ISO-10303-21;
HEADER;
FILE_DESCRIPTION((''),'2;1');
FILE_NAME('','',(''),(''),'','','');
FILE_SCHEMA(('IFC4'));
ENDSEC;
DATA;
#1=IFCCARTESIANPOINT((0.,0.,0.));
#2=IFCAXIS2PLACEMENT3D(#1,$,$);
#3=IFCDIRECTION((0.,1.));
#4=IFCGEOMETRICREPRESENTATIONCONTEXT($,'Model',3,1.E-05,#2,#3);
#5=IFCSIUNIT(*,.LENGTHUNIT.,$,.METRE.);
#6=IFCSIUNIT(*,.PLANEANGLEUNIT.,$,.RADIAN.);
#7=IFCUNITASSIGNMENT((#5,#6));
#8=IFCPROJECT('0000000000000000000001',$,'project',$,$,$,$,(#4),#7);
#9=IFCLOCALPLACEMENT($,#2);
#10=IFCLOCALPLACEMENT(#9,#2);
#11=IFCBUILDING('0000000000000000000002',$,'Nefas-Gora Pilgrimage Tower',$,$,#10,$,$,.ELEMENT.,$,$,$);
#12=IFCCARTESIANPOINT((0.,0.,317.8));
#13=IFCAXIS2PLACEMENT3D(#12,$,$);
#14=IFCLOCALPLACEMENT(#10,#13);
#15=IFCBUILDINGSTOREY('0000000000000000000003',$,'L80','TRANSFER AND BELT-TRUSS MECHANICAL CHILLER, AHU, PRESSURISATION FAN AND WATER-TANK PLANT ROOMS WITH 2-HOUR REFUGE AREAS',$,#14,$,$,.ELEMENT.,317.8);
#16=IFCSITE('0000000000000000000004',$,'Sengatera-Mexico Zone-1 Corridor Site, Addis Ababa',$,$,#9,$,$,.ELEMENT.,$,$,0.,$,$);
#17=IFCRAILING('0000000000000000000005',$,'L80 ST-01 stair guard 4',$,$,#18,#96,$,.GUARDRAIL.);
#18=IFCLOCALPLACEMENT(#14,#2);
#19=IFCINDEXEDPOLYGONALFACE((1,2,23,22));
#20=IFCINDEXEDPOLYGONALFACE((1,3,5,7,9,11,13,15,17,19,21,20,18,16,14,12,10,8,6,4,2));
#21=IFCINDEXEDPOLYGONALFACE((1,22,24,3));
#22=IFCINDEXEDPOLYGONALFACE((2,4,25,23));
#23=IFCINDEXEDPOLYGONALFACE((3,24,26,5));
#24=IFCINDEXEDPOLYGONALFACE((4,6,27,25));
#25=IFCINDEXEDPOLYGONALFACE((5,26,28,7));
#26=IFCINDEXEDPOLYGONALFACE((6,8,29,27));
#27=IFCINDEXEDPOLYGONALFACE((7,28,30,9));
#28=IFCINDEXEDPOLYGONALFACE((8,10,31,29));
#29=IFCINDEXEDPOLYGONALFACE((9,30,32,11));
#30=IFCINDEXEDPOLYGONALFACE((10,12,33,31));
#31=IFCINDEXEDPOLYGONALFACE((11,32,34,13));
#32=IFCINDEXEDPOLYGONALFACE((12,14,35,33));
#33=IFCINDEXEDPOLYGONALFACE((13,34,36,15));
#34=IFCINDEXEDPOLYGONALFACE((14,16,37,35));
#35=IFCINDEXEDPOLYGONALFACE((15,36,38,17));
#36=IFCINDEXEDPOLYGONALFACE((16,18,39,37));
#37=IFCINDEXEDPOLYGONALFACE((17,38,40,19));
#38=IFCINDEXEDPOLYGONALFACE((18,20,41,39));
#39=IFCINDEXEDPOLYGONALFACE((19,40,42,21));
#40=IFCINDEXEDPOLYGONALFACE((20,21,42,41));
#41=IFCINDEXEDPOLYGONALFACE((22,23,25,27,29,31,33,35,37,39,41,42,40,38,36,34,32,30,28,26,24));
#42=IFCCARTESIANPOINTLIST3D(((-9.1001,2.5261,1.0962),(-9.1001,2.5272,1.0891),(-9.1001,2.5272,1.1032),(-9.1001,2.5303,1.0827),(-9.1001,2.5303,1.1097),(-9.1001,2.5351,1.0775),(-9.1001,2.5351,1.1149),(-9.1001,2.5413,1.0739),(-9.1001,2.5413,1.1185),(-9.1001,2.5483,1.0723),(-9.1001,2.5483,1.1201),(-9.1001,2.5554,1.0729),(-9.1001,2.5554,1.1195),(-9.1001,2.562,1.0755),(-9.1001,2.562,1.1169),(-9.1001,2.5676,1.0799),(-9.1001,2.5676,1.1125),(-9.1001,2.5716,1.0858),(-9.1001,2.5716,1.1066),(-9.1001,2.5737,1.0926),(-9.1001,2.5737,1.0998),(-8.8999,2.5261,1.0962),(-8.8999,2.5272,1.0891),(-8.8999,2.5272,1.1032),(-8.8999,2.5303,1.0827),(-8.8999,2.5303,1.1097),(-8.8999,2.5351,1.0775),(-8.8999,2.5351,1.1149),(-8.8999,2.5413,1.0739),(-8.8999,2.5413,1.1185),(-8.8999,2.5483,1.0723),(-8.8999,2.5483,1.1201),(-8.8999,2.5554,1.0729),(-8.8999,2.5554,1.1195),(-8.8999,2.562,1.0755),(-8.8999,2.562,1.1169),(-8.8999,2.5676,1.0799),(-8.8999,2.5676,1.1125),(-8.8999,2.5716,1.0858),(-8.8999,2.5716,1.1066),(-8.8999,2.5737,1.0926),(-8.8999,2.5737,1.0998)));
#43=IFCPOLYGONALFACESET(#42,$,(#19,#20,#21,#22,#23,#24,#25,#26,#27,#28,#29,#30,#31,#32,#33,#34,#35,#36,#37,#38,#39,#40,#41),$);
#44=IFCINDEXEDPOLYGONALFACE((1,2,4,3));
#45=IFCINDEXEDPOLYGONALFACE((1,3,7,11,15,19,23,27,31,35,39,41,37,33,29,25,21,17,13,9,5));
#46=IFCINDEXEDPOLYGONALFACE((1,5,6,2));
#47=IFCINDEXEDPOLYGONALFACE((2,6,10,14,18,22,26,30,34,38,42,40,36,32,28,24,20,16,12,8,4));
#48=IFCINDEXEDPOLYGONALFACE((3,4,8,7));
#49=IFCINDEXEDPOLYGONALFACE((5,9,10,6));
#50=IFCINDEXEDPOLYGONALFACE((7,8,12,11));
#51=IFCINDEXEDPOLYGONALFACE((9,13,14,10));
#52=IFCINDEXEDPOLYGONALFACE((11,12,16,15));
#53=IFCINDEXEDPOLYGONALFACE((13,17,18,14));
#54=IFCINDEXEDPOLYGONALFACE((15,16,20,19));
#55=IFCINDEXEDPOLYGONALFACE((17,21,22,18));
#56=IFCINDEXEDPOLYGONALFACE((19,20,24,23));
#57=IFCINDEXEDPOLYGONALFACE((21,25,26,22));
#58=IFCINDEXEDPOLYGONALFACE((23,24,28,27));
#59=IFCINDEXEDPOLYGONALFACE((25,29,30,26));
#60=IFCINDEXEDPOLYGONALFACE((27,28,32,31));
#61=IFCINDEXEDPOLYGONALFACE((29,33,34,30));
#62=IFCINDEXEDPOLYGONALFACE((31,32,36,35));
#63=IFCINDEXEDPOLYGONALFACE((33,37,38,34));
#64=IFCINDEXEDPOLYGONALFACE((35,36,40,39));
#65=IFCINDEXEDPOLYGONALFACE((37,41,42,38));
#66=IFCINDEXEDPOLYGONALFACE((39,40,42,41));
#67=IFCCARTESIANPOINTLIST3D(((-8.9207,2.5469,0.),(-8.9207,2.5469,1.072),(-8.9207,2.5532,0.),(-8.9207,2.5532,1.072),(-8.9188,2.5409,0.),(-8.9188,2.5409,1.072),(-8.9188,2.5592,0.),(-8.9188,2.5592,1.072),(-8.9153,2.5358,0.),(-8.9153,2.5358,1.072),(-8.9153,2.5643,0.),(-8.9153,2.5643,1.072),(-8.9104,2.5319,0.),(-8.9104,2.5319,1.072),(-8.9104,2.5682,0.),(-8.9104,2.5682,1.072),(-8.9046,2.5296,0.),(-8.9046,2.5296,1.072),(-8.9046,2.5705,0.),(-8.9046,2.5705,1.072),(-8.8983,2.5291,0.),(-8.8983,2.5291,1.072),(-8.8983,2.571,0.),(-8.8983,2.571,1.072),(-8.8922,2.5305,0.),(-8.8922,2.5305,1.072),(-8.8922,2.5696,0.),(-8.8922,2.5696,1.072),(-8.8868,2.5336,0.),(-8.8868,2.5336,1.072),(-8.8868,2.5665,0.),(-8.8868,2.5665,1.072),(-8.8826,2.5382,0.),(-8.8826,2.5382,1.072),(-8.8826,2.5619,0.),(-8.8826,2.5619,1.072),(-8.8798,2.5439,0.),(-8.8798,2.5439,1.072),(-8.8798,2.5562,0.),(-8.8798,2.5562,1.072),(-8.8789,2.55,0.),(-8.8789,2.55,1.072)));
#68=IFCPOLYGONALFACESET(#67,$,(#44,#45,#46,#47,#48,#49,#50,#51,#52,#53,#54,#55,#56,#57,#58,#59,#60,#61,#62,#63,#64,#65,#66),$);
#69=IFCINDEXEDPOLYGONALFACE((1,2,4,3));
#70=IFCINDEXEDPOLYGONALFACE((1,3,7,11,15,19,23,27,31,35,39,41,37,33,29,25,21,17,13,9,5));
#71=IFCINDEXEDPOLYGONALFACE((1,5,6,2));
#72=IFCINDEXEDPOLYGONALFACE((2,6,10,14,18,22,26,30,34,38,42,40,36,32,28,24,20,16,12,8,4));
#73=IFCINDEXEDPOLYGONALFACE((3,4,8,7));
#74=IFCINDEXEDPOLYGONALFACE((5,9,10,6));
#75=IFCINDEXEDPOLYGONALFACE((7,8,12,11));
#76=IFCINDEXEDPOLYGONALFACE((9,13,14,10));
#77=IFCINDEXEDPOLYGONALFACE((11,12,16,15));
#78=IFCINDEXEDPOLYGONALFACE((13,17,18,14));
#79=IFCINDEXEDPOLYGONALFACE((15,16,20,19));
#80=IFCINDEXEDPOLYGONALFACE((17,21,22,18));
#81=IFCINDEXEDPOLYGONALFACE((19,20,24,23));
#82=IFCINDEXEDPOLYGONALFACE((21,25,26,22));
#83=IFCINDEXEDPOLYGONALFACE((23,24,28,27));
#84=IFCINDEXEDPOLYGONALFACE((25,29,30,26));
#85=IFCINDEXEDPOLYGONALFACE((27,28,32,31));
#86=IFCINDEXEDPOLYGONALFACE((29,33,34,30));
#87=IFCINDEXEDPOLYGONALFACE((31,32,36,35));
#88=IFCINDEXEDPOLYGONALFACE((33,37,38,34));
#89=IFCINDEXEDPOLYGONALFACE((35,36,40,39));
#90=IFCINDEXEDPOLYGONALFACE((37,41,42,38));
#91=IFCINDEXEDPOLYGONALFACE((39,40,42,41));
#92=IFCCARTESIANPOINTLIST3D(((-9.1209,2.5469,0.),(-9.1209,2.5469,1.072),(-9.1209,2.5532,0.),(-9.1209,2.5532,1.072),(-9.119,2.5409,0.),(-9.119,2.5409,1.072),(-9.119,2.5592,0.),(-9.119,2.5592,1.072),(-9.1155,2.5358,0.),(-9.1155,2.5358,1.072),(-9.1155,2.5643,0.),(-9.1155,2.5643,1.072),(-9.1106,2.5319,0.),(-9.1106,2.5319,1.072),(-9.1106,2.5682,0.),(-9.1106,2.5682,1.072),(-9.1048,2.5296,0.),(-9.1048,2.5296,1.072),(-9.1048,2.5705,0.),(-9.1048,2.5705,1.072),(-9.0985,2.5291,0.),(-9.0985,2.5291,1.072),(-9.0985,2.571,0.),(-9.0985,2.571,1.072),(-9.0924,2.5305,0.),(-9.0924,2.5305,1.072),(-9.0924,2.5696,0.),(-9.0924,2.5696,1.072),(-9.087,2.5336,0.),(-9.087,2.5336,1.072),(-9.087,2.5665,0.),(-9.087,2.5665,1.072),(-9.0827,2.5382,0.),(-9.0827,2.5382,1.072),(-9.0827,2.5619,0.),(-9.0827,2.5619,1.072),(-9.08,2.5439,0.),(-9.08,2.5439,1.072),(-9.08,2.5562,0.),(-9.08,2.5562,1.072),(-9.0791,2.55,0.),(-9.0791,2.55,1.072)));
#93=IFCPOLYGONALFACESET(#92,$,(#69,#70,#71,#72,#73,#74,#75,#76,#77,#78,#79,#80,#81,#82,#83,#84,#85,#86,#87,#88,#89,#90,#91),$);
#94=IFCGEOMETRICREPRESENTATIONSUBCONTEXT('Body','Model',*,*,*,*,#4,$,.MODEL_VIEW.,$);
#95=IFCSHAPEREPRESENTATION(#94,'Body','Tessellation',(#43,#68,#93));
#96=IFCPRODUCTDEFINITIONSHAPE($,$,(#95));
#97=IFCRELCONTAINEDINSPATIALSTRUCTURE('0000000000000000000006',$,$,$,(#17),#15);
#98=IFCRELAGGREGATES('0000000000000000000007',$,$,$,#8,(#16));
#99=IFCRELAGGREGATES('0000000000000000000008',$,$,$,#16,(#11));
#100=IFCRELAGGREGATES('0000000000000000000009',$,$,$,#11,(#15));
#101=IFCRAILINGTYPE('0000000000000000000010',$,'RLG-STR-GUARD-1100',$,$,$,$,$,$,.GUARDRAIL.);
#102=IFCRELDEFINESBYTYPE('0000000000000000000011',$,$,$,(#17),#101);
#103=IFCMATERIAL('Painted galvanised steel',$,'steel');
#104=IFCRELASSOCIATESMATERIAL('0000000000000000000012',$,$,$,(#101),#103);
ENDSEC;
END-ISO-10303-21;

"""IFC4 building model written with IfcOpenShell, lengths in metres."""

from ifc_helpers import new_model, si_unit, direction, frame, origin, origin_2d, place, context, subcontext, project, spatial, circle, extrude, material, type_object, element, save


model = new_model("IFC4")

# Units and contexts
model_context = context("Model", 3, precision=1e-05, world=origin(), true_north=direction((0.0, 1.0)))
body_context = subcontext(model_context, "Body", "Model", "MODEL_VIEW")
ifc_project = project(units=[si_unit("LENGTHUNIT", "METRE"), si_unit("PLANEANGLEUNIT", "RADIAN")], contexts=[model_context])

# Site, building, storey
site_placement = place(None, origin())
site = spatial("IfcSite", under=ifc_project, at=site_placement, Name="Sengatera-Mexico Zone-1 Corridor Site, Addis Ababa", CompositionType="ELEMENT", RefElevation=0.0)
building_placement = place(site_placement, origin())
building = spatial("IfcBuilding", under=site, at=building_placement, Name="Nefas-Gora Pilgrimage Tower", CompositionType="ELEMENT")
storey_placement = place(building_placement, frame((0.0, 0.0, 317.8)))
storey = spatial("IfcBuildingStorey", under=building, at=storey_placement, Name="L80", Description="TRANSFER AND BELT-TRUSS MECHANICAL CHILLER, AHU, PRESSURISATION FAN AND WATER-TANK PLANT ROOMS WITH 2-HOUR REFUGE AREAS", CompositionType="ELEMENT", Elevation=317.8)

# Railing
ifc_material_1 = material(Name="Painted galvanised steel", Category="steel")
railing_type_1 = type_object("IfcRailingType", Name="RLG-STR-GUARD-1100", PredefinedType="GUARDRAIL", material=ifc_material_1)
railing_1_placement = place(storey_placement, frame((-8.8999, 2.55, 0.0)))
element("IfcRailing", 1, at=railing_1_placement, inside=storey, type_object=railing_type_1, Name="L80 ST-01 stair guard 4", PredefinedType="GUARDRAIL", context=body_context, shape_type="SweptSolid", body=[
    extrude(circle(Radius=0.0239, at=origin_2d()), frame((0.0, 0.0, 1.0962), z_axis=(-1.0, 0.0, 0.0), x_axis=(0.0, -1.0, 0.0)), (0.0, 0.0, 1.0), 0.2002),
    extrude(circle(Radius=0.021, at=origin_2d()), origin(), (0.0, 0.0, 1.0), 1.072),
    extrude(circle(Radius=0.021, at=origin_2d()), frame((-0.2002, 0.0, 0.0)), (0.0, 0.0, 1.0), 1.072),
])

save(model, "model.ifc")
